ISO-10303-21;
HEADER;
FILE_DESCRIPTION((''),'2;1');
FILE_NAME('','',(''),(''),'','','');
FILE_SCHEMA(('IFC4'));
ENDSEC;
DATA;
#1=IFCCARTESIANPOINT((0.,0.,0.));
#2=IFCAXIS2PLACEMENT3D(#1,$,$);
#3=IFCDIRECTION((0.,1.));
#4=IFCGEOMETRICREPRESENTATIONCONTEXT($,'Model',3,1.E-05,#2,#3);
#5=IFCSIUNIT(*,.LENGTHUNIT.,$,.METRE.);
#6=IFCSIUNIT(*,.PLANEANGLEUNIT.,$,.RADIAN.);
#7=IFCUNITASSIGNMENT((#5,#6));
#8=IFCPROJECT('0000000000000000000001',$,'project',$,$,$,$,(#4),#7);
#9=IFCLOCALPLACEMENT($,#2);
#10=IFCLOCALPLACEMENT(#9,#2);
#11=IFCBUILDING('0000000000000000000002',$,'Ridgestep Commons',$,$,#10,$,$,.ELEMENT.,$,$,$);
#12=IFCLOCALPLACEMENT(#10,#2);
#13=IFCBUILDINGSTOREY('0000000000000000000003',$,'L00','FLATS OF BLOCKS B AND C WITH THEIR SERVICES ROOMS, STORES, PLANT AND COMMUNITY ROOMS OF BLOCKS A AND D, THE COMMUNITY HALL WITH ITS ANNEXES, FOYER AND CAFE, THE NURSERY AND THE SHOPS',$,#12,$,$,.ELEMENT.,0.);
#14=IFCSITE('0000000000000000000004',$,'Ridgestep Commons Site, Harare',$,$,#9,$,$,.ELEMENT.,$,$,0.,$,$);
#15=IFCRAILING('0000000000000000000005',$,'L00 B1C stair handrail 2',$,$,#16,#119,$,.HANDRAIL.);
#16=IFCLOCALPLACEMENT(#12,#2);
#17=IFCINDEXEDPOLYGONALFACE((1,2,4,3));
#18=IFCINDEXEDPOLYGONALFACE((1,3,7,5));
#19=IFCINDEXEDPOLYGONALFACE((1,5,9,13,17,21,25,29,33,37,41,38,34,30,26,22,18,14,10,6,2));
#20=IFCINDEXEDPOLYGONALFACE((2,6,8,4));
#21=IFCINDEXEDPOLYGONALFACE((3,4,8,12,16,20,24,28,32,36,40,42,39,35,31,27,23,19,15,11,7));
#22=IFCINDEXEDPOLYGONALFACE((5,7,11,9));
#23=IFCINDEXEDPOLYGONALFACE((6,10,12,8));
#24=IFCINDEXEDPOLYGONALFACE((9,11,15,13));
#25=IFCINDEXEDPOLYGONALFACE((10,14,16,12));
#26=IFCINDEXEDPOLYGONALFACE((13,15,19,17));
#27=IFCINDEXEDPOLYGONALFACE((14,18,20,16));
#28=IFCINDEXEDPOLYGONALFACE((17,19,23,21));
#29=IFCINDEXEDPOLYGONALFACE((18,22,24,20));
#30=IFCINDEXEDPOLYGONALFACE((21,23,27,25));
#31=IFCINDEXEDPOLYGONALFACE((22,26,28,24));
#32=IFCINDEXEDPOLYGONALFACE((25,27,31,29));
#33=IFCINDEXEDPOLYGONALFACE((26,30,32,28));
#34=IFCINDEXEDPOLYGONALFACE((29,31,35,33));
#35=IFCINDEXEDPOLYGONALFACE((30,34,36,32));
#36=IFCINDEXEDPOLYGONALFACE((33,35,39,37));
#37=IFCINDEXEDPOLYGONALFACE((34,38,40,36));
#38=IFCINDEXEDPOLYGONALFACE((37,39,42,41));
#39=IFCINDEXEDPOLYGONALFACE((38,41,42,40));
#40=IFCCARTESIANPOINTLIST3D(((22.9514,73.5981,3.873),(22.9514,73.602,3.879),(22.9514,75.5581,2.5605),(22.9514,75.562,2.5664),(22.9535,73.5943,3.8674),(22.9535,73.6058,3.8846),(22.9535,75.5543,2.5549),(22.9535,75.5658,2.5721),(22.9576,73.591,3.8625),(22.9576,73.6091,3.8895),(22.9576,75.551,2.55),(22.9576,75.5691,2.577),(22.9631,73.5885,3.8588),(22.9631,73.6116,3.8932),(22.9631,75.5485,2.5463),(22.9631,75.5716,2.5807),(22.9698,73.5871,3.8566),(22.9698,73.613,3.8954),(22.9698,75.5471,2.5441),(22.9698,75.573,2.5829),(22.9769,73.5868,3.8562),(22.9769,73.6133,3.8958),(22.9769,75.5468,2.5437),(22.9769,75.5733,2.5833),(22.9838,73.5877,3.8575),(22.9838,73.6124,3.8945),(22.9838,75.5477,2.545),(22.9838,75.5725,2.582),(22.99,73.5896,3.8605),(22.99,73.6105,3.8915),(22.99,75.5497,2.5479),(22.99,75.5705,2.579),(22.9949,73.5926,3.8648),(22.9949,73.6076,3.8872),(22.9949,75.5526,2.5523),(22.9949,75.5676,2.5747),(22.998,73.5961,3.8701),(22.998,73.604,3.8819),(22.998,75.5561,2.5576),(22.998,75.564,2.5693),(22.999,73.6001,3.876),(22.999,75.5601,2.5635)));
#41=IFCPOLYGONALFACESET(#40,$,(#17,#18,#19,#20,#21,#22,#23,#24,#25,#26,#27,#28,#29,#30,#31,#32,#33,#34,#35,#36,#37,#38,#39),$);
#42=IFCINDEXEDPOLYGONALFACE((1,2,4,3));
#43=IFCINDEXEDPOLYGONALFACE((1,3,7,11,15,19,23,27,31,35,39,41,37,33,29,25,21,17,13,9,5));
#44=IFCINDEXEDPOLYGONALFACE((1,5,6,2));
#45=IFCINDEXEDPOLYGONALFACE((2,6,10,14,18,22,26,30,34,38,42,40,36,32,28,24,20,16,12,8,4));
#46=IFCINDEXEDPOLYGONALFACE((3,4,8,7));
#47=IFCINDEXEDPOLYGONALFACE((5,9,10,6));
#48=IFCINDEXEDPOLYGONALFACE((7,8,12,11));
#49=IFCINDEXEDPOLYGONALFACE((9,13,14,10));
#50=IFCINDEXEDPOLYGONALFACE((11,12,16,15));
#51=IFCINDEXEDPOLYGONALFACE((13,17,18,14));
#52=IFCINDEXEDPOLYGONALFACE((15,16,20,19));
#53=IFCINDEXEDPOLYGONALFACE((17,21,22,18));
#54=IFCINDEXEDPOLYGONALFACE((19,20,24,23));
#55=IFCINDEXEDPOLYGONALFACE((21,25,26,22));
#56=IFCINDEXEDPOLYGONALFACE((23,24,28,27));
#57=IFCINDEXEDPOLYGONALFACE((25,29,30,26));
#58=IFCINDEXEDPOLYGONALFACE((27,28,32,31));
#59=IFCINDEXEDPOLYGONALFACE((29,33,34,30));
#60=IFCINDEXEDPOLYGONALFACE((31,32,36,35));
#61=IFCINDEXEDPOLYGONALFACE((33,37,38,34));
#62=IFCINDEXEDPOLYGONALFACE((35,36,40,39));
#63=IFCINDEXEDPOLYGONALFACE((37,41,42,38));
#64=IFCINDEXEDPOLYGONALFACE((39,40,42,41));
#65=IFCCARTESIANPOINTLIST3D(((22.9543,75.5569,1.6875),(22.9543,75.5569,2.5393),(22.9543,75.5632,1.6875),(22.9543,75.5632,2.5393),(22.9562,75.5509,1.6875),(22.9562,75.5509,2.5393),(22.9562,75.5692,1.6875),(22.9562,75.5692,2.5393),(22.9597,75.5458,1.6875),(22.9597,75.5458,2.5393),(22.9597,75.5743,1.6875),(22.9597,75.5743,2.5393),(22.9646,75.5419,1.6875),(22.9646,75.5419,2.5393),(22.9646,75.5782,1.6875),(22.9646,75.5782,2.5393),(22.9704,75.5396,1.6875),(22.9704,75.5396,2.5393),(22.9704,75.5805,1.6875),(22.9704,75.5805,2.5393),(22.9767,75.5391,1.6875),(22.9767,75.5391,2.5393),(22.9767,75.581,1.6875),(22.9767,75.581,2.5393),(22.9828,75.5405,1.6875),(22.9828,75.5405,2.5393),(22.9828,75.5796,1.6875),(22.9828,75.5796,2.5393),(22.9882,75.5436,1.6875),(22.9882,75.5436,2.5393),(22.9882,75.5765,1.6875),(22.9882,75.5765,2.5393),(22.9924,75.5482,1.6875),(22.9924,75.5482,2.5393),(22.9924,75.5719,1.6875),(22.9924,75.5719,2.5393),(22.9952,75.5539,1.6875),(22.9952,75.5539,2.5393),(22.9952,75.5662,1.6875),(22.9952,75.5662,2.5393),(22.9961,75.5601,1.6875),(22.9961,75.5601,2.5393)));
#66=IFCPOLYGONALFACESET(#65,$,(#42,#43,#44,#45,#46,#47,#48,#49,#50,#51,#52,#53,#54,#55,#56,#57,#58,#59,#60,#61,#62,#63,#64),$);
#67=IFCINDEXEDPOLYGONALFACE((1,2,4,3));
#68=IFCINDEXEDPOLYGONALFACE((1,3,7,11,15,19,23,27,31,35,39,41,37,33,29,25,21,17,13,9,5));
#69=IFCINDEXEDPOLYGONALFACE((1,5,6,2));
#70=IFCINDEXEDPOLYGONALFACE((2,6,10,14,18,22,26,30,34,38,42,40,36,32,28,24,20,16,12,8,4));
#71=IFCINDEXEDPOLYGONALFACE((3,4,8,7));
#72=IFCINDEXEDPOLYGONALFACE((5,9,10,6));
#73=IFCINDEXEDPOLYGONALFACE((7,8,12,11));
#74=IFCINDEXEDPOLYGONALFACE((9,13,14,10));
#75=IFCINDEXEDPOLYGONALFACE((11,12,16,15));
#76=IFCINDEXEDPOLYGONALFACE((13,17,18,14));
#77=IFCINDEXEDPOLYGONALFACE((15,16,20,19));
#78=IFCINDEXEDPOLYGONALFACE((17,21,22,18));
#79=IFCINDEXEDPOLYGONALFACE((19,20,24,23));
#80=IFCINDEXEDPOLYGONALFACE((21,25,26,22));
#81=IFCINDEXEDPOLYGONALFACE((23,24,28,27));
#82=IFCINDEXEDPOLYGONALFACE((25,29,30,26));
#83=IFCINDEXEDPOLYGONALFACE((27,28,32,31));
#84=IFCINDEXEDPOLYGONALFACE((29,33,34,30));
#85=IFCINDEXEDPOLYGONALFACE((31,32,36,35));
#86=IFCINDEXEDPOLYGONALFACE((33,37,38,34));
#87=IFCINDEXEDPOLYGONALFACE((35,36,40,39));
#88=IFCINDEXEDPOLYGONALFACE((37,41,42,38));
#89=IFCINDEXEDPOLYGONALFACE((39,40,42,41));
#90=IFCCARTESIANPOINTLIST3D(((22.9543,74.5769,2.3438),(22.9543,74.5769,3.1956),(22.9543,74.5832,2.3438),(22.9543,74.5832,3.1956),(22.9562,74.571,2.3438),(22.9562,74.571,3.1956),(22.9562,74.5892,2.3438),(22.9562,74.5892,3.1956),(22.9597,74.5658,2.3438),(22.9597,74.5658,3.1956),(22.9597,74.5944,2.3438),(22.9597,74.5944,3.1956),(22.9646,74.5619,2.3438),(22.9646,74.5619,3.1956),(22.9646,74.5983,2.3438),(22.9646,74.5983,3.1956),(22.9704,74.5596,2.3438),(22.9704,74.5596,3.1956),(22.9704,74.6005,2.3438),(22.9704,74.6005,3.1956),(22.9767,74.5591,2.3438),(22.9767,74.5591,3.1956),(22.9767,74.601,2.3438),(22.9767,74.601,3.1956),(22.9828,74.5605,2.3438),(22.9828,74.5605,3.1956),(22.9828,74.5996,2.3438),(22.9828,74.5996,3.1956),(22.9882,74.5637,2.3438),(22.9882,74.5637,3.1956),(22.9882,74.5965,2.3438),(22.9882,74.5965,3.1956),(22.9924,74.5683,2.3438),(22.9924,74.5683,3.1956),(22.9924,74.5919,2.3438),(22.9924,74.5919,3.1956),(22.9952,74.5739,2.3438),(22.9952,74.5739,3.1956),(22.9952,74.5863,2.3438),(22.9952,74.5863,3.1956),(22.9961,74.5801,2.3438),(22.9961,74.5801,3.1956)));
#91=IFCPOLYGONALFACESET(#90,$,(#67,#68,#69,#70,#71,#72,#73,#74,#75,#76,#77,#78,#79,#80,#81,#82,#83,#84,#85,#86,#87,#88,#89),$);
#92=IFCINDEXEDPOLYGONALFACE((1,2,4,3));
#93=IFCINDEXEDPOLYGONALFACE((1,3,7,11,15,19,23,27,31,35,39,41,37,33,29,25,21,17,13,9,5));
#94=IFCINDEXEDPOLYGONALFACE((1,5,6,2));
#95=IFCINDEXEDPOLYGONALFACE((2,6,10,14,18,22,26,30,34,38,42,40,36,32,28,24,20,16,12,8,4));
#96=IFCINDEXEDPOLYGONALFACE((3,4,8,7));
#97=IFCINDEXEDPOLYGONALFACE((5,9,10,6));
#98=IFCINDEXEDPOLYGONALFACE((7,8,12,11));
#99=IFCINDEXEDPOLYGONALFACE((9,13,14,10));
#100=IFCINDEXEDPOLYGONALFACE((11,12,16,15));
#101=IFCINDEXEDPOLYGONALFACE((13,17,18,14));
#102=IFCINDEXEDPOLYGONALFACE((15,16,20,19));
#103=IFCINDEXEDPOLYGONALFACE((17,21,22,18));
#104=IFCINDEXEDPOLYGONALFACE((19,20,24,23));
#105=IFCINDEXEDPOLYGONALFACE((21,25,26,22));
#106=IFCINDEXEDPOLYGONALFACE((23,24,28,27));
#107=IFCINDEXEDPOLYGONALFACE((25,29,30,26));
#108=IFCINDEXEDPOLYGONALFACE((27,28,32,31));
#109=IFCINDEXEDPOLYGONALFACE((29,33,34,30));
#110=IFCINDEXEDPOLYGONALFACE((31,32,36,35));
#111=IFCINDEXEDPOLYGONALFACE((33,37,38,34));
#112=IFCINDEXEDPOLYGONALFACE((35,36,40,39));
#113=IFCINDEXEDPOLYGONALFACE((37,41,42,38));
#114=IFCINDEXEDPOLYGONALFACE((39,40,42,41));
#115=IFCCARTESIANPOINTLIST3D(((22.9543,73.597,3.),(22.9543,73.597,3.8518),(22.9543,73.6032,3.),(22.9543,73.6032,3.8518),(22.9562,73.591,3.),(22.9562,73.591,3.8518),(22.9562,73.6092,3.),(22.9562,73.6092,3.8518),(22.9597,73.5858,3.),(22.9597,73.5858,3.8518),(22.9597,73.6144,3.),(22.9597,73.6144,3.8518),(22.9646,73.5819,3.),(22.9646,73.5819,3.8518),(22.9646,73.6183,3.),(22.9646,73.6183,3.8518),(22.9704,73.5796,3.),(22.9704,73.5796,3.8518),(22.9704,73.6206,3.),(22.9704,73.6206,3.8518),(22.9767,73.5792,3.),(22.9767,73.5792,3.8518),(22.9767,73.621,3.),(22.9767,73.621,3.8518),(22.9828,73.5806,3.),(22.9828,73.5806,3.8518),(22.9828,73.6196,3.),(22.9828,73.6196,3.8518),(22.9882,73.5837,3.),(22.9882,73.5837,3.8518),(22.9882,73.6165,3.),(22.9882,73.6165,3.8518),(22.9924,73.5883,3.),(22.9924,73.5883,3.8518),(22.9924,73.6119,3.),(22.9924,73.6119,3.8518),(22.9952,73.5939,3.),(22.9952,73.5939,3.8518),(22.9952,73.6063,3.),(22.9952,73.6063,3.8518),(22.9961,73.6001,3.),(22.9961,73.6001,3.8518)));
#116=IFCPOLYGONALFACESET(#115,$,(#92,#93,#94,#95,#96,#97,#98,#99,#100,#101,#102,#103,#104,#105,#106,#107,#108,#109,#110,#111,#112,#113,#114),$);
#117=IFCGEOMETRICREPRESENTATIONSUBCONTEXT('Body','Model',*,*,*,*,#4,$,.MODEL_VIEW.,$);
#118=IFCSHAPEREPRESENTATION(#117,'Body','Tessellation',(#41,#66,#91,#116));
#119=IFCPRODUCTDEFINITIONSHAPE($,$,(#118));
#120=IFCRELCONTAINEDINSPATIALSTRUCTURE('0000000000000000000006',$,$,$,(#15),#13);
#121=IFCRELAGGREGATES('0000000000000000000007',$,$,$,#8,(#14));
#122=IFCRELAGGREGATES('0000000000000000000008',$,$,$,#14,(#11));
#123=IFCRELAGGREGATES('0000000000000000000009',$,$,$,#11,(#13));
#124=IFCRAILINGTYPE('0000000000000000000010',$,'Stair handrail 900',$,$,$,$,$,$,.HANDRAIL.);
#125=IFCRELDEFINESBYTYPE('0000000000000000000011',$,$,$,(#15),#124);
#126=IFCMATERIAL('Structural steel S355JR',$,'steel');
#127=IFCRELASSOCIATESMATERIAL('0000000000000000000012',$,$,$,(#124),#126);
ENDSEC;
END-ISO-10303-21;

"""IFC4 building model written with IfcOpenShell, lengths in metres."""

from ifc_helpers import new_model, si_unit, direction, frame, origin, origin_2d, place, context, subcontext, project, spatial, circle, extrude, material, type_object, element, save


model = new_model("IFC4")

# Units and contexts
model_context = context("Model", 3, precision=1e-05, world=origin(), true_north=direction((0.0, 1.0)))
body_context = subcontext(model_context, "Body", "Model", "MODEL_VIEW")
ifc_project = project(units=[si_unit("LENGTHUNIT", "METRE"), si_unit("PLANEANGLEUNIT", "RADIAN")], contexts=[model_context])

# Site, building, storey
site_placement = place(None, origin())
site = spatial("IfcSite", under=ifc_project, at=site_placement, Name="Ridgestep Commons Site, Harare", CompositionType="ELEMENT", RefElevation=0.0)
building_placement = place(site_placement, origin())
building = spatial("IfcBuilding", under=site, at=building_placement, Name="Ridgestep Commons", CompositionType="ELEMENT")
storey_placement = place(building_placement, origin())
storey = spatial("IfcBuildingStorey", under=building, at=storey_placement, Name="L00", Description="FLATS OF BLOCKS B AND C WITH THEIR SERVICES ROOMS, STORES, PLANT AND COMMUNITY ROOMS OF BLOCKS A AND D, THE COMMUNITY HALL WITH ITS ANNEXES, FOYER AND CAFE, THE NURSERY AND THE SHOPS", CompositionType="ELEMENT", Elevation=0.0)

# Railing
ifc_material_1 = material(Name="Structural steel S355JR", Category="steel")
railing_type_1 = type_object("IfcRailingType", Name="Stair handrail 900", PredefinedType="HANDRAIL", material=ifc_material_1)
railing_1_placement = place(storey_placement, frame((22.9751, 75.5601, 1.6875)))
element("IfcRailing", 1, at=railing_1_placement, inside=storey, type_object=railing_type_1, Name="L00 B1C stair handrail 2", PredefinedType="HANDRAIL", context=body_context, shape_type="SweptSolid", body=[
    extrude(circle(Radius=0.0239, at=origin_2d()), frame((0.0, 0.0, 0.876), z_axis=(0.0, -0.830902, 0.556419), x_axis=(1.0, 0.0, 0.0)), (0.0, 0.0, 1.0), 2.3589),
    extrude(circle(Radius=0.021, at=origin_2d()), origin(), (0.0, 0.0, 1.0), 0.8518),
    extrude(circle(Radius=0.021, at=origin_2d()), frame((0.0, -0.98, 0.6562)), (0.0, 0.0, 1.0), 0.8518),
    extrude(circle(Radius=0.021, at=origin_2d()), frame((0.0, -1.96, 1.3125)), (0.0, 0.0, 1.0), 0.8518),
])

save(model, "model.ifc")
